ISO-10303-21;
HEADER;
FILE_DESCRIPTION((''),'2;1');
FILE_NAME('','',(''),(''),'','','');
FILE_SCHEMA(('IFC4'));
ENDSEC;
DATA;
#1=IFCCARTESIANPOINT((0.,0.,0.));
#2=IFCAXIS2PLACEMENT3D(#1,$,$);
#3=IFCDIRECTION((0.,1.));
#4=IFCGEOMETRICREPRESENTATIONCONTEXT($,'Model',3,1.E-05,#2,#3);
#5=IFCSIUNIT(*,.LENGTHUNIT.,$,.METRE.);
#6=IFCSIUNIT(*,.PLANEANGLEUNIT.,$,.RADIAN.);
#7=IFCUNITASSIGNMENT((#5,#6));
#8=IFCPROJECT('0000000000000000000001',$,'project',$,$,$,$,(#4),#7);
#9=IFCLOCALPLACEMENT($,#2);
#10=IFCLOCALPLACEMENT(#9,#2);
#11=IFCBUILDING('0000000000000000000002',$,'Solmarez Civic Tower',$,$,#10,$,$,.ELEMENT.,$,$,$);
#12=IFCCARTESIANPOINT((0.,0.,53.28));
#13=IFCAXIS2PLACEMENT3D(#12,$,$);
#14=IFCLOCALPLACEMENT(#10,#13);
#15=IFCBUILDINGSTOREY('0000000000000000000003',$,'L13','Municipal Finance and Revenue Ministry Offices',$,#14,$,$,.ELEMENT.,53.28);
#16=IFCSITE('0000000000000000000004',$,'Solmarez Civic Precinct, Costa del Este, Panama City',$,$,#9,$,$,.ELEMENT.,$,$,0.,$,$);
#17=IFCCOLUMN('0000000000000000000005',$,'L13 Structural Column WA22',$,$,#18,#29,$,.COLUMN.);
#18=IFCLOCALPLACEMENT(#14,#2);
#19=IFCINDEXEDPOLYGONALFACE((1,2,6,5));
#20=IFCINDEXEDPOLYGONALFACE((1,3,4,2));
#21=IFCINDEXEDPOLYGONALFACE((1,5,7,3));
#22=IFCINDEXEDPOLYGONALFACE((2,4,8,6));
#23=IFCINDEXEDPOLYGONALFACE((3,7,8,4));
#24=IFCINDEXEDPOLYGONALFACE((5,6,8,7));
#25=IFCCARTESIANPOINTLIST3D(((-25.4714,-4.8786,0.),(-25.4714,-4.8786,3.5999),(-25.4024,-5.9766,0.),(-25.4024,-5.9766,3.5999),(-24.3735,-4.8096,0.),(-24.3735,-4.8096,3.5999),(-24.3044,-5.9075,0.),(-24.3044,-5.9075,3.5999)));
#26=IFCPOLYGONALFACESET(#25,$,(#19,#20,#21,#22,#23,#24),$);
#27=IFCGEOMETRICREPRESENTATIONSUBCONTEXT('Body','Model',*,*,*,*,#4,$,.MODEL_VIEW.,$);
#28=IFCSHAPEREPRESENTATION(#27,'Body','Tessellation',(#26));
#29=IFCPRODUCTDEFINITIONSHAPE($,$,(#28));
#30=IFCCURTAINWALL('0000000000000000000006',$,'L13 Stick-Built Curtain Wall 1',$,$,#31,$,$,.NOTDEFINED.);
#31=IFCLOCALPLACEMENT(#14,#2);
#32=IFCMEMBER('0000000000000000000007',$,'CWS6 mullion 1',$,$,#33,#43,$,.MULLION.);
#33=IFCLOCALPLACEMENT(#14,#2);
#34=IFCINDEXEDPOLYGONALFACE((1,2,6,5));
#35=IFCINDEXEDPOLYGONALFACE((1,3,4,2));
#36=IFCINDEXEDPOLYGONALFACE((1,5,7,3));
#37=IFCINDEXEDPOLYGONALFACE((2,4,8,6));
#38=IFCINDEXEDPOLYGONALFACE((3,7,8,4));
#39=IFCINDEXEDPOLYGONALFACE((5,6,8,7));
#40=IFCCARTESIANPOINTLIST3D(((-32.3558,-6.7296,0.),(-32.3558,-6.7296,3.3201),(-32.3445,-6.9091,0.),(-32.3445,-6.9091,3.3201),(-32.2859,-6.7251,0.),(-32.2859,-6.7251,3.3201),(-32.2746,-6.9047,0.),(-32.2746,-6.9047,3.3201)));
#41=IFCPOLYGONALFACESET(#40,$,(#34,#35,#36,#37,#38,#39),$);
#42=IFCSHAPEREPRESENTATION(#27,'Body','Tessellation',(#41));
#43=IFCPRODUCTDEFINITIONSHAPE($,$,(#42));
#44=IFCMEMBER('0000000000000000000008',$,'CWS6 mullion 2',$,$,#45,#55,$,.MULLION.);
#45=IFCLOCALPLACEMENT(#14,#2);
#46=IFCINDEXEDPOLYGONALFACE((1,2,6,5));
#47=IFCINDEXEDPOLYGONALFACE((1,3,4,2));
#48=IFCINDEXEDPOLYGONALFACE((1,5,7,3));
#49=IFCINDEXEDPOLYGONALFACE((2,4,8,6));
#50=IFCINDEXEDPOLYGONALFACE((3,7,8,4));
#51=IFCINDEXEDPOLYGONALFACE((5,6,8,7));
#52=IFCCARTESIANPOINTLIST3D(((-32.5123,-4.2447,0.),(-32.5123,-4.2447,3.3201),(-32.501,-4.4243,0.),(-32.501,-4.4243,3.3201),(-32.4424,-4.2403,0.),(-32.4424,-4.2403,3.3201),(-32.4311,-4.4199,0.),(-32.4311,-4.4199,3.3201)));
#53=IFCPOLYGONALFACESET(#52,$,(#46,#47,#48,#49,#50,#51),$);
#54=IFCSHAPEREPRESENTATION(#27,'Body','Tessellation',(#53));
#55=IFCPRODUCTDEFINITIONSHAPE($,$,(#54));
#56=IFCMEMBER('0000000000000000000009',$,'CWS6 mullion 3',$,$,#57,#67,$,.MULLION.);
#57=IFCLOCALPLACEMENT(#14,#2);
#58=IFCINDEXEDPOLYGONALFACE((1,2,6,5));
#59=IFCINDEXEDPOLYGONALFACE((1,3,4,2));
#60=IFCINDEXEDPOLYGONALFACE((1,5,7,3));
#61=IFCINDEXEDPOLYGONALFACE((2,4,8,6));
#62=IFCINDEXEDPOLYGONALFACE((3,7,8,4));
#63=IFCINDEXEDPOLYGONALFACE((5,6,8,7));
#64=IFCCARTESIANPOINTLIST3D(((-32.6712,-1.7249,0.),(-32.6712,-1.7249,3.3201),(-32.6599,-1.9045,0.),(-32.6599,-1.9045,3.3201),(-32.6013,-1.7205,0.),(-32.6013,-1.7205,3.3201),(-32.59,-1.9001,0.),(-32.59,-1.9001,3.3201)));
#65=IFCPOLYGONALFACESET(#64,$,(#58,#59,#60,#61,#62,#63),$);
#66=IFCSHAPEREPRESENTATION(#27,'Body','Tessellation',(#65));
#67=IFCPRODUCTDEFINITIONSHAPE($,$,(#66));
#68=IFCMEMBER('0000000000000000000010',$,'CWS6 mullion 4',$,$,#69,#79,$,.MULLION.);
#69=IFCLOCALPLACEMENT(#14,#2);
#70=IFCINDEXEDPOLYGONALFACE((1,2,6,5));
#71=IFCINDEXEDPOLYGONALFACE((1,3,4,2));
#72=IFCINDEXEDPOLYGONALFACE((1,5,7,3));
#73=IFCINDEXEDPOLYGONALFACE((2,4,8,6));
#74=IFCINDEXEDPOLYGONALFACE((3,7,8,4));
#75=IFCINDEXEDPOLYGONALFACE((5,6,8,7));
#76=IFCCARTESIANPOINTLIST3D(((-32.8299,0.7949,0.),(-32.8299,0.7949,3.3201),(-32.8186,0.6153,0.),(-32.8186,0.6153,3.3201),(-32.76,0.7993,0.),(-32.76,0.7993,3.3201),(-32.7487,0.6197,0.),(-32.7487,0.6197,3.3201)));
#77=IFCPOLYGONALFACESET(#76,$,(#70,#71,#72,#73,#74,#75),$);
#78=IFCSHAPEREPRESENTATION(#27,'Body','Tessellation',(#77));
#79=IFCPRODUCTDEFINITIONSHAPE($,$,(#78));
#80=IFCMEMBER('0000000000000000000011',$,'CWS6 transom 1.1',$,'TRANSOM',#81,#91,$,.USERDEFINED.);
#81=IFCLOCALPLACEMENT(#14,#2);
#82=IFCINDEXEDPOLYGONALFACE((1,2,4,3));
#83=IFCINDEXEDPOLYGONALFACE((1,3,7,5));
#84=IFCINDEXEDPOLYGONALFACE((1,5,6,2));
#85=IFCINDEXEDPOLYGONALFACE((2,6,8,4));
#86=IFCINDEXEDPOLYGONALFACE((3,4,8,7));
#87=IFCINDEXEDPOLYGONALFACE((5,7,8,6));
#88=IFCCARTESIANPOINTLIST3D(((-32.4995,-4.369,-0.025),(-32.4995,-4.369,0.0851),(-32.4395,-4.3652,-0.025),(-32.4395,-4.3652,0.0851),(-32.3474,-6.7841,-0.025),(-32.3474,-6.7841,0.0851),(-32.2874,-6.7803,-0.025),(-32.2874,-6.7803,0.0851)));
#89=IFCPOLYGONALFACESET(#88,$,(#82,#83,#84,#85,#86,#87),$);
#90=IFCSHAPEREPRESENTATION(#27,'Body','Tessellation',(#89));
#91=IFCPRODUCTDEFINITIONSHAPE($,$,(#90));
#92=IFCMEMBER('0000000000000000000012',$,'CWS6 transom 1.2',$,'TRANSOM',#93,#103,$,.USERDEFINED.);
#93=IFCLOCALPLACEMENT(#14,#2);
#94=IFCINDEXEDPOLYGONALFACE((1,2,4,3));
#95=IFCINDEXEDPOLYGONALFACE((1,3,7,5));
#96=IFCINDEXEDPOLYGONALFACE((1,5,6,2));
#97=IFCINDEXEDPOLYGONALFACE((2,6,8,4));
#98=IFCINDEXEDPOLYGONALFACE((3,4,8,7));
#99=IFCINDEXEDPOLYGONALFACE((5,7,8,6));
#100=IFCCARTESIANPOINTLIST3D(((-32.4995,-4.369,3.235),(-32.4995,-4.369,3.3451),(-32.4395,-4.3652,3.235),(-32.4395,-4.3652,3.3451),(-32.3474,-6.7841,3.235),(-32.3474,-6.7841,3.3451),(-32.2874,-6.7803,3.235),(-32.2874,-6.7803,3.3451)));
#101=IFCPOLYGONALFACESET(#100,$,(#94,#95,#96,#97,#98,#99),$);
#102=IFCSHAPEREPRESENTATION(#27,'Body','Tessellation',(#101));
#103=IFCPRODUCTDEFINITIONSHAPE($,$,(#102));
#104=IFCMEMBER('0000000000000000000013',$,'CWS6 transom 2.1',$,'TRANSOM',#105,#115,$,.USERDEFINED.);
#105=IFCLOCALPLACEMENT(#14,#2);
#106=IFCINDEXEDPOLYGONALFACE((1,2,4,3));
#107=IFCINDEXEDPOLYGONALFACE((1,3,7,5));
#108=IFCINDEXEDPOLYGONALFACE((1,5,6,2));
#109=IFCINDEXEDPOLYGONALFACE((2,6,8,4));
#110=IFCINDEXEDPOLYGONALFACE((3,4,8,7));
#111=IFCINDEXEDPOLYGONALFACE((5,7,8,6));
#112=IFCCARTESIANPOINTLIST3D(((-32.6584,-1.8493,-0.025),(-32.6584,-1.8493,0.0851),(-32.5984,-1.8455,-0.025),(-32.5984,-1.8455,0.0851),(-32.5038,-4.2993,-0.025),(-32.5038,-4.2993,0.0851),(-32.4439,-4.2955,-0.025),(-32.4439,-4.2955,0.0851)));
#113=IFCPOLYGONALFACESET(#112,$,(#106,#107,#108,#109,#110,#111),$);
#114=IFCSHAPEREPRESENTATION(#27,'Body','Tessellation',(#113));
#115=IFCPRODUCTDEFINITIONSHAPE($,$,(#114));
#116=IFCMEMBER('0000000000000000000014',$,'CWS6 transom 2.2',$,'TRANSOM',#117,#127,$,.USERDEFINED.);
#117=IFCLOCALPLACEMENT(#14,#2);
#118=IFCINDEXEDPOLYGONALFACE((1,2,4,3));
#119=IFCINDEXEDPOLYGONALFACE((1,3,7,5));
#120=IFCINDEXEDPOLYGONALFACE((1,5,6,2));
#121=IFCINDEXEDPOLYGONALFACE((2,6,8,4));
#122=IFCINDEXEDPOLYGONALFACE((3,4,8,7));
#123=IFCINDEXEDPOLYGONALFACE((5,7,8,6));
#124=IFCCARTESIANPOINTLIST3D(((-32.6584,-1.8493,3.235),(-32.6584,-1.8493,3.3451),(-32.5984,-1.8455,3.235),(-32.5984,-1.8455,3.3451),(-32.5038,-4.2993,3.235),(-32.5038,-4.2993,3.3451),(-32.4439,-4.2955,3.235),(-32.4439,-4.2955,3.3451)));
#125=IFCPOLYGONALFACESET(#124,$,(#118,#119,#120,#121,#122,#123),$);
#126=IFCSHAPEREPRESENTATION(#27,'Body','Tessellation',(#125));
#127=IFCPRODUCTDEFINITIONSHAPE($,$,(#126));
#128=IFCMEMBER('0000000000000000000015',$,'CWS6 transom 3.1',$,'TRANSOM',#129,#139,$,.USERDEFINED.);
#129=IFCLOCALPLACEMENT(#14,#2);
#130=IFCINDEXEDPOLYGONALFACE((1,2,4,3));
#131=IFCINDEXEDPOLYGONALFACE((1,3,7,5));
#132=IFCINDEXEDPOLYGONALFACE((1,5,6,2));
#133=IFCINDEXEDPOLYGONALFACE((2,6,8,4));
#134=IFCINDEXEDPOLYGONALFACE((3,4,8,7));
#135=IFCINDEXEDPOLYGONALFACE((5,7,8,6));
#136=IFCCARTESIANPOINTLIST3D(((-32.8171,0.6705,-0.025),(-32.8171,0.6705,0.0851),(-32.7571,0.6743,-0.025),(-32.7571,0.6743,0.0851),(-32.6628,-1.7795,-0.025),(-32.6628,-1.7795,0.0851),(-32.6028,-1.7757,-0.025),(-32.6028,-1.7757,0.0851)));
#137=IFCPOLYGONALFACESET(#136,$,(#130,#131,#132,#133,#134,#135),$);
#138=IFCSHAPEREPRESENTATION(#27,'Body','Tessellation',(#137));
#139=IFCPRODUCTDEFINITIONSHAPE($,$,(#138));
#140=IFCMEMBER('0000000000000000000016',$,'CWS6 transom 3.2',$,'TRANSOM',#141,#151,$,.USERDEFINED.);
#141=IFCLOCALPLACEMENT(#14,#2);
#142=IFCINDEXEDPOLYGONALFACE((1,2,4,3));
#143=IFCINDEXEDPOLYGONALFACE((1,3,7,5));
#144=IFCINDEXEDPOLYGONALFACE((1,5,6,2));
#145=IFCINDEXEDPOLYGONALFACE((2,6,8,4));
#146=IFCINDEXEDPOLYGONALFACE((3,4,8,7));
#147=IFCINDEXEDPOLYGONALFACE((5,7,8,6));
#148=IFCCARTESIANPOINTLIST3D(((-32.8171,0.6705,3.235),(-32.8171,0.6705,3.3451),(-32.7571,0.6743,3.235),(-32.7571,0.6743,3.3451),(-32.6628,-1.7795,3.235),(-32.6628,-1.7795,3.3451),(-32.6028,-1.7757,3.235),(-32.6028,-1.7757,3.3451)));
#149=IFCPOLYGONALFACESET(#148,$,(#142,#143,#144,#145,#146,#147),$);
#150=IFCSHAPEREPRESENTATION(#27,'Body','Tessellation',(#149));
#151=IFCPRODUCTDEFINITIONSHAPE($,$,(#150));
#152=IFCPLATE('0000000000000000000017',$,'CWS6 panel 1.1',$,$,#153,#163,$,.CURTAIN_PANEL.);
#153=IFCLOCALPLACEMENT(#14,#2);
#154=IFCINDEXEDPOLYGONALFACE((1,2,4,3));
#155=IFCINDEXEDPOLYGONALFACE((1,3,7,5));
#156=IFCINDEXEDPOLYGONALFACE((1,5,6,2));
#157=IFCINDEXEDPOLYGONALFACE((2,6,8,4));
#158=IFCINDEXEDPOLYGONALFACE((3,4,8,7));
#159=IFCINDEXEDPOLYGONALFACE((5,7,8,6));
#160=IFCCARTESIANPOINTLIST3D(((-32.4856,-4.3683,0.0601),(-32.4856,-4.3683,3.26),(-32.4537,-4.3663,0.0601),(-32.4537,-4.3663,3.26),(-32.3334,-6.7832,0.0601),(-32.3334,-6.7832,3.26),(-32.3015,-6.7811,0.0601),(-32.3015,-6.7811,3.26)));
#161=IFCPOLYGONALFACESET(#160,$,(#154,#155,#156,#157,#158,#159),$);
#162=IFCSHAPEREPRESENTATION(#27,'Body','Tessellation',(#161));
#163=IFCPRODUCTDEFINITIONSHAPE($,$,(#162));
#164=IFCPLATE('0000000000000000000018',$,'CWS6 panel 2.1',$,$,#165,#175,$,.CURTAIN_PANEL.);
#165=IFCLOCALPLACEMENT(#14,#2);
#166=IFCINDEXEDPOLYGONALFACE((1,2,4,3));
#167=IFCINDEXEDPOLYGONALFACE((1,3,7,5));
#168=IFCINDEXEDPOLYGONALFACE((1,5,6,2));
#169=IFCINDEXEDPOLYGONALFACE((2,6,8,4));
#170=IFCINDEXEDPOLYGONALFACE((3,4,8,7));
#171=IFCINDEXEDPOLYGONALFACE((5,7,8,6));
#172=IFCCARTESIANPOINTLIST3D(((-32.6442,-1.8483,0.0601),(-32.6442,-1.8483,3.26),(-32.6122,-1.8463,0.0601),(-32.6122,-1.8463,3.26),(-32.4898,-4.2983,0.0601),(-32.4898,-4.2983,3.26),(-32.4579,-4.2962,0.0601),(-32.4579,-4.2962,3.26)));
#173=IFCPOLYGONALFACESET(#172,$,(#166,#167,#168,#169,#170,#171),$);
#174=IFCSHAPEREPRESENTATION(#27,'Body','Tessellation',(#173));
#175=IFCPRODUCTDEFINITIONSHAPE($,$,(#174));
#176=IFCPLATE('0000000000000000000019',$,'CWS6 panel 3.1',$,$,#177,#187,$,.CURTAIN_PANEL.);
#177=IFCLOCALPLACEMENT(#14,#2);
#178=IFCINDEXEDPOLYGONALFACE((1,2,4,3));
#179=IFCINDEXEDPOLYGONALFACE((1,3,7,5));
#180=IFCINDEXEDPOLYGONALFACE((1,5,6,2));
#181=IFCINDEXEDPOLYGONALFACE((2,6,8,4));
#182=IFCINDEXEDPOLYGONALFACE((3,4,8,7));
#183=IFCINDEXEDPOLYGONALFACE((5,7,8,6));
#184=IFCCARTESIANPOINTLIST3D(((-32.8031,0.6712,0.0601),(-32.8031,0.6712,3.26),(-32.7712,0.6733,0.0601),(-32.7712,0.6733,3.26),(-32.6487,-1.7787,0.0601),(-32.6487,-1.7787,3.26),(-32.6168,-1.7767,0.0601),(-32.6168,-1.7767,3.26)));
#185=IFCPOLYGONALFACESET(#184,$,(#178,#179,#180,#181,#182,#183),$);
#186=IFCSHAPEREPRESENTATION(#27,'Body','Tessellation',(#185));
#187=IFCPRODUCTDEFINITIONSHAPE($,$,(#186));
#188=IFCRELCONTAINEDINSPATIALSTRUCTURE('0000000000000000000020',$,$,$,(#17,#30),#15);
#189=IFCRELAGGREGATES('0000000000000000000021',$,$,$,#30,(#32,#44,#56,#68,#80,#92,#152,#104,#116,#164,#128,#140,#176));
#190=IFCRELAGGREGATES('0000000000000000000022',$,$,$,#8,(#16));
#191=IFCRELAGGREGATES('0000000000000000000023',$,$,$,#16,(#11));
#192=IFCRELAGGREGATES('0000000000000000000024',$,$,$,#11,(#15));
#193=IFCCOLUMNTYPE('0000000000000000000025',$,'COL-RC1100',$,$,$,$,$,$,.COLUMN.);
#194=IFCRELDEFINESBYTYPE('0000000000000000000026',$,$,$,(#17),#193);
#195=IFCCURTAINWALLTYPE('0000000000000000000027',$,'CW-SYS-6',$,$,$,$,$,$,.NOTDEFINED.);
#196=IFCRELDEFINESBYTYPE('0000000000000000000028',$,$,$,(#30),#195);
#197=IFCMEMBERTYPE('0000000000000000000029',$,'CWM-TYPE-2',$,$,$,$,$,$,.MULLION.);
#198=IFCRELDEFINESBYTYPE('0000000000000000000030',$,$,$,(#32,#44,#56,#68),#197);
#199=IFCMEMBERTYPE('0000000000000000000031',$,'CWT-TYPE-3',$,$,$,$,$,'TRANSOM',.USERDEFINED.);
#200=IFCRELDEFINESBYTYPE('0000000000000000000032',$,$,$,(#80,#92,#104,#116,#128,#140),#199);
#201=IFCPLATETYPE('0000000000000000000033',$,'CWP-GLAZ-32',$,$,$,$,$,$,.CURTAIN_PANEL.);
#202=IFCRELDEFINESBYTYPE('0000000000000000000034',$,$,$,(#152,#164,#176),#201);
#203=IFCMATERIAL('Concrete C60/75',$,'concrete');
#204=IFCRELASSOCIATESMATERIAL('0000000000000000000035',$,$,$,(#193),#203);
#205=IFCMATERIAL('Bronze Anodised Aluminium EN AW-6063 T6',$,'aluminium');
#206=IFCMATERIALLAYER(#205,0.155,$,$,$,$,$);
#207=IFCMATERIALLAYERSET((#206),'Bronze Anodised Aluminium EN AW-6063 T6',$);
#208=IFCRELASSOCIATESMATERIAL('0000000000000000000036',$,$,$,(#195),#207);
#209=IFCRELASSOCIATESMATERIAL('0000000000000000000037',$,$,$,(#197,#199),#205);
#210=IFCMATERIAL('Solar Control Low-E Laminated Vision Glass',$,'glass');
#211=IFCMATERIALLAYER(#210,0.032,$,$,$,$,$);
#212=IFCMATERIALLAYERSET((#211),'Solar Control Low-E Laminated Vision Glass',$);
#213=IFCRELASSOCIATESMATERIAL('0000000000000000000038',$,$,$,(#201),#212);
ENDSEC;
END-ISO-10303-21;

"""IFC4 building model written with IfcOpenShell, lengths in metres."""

from ifc_helpers import new_model, si_unit, direction, frame, origin, origin_2d, place, context, subcontext, project, spatial, rectangle, extrude, material, layer, layer_set, material_profile, profile_set, type_object, element, aggregate, save


model = new_model("IFC4")

# Units and contexts
model_context = context("Model", 3, precision=1e-05, world=origin(), true_north=direction((0.0, 1.0)))
body_context = subcontext(model_context, "Body", "Model", "MODEL_VIEW")
ifc_project = project(units=[si_unit("LENGTHUNIT", "METRE"), si_unit("PLANEANGLEUNIT", "RADIAN")], contexts=[model_context])

# Site, building, storey
site_placement = place(None, origin())
site = spatial("IfcSite", under=ifc_project, at=site_placement, Name="Solmarez Civic Precinct, Costa del Este, Panama City", CompositionType="ELEMENT", RefElevation=0.0)
building_placement = place(site_placement, origin())
building = spatial("IfcBuilding", under=site, at=building_placement, Name="Solmarez Civic Tower", CompositionType="ELEMENT")
storey_placement = place(building_placement, frame((0.0, 0.0, 53.28)))
storey = spatial("IfcBuildingStorey", under=building, at=storey_placement, Name="L13", Description="Municipal Finance and Revenue Ministry Offices", CompositionType="ELEMENT", Elevation=53.28)

# Column
ifc_material_1 = material(Name="Concrete C60/75", Category="concrete")
ifc_material_profile_1 = material_profile(ifc_material_1, rectangle(XDim=1.1001, YDim=1.1001, at=origin_2d()), Name="RC1100X1100")
ifc_profile_set_1 = profile_set([ifc_material_profile_1], Name="Concrete C60/75")
column_type = type_object("IfcColumnType", Name="COL-RC1100", PredefinedType="COLUMN", material=ifc_profile_set_1)
column_placement = place(storey_placement, frame((-24.8879, -5.3931, 0.0), z_axis=(0.0, 0.0, 1.0), x_axis=(0.998027, 0.062791, 0.0)))
element("IfcColumn", 1, at=column_placement, inside=storey, type_object=column_type, Name="L13 Structural Column WA22", PredefinedType="COLUMN", context=body_context, shape_type="SweptSolid", body=[
    extrude(rectangle(XDim=1.1001, YDim=1.1001, at=origin_2d()), origin(), (0.0, 0.0, 1.0), 3.5999),
])

# Curtain wall, members, plates
ifc_material_2 = material(Name="Bronze Anodised Aluminium EN AW-6063 T6", Category="aluminium")
ifc_layer_1 = layer(ifc_material_2, 0.155)
ifc_layer_set_1 = layer_set([ifc_layer_1], Name="Bronze Anodised Aluminium EN AW-6063 T6")
curtain_wall_type = type_object("IfcCurtainWallType", Name="CW-SYS-6", PredefinedType="NOTDEFINED", material=ifc_layer_set_1)
curtain_wall_placement = place(storey_placement, origin())
curtain_wall = element("IfcCurtainWall", 2, at=curtain_wall_placement, inside=storey, type_object=curtain_wall_type, Name="L13 Stick-Built Curtain Wall 1", PredefinedType="NOTDEFINED")
ifc_material_profile_2 = material_profile(ifc_material_2, rectangle(XDim=0.0701, YDim=0.1799, at=origin_2d()), Name="CWM-70X180")
ifc_profile_set_2 = profile_set([ifc_material_profile_2], Name="Bronze Anodised Aluminium EN AW-6063 T6")
member_type_1 = type_object("IfcMemberType", Name="CWM-TYPE-2", PredefinedType="MULLION", material=ifc_profile_set_2)
member_1_placement = place(storey_placement, frame((-32.3152, -6.8171, 0.0), z_axis=(0.0, 0.0, 1.0), x_axis=(-0.998021, -0.062878, 0.0)))
member_1 = element("IfcMember", 3, at=member_1_placement, type_object=member_type_1, Name="CWS6 mullion 1", PredefinedType="MULLION", context=body_context, shape_type="SweptSolid", body=[
    extrude(rectangle(XDim=0.0701, YDim=0.1799, at=origin_2d()), origin(), (0.0, 0.0, 1.0), 3.3201),
])
member_2_placement = place(storey_placement, frame((-32.4717, -4.3323, 0.0), z_axis=(0.0, 0.0, 1.0), x_axis=(-0.998021, -0.062878, 0.0)))
member_2 = element("IfcMember", 4, at=member_2_placement, type_object=member_type_1, Name="CWS6 mullion 2", PredefinedType="MULLION", context=body_context, shape_type="SweptSolid", body=[
    extrude(rectangle(XDim=0.0701, YDim=0.1799, at=origin_2d()), origin(), (0.0, 0.0, 1.0), 3.3201),
])
member_3_placement = place(storey_placement, frame((-32.6306, -1.8125, 0.0), z_axis=(0.0, 0.0, 1.0), x_axis=(-0.998021, -0.062878, 0.0)))
member_3 = element("IfcMember", 5, at=member_3_placement, type_object=member_type_1, Name="CWS6 mullion 3", PredefinedType="MULLION", context=body_context, shape_type="SweptSolid", body=[
    extrude(rectangle(XDim=0.0701, YDim=0.1799, at=origin_2d()), origin(), (0.0, 0.0, 1.0), 3.3201),
])
member_4_placement = place(storey_placement, frame((-32.7893, 0.7073, 0.0), z_axis=(0.0, 0.0, 1.0), x_axis=(-0.998021, -0.062878, 0.0)))
member_4 = element("IfcMember", 6, at=member_4_placement, type_object=member_type_1, Name="CWS6 mullion 4", PredefinedType="MULLION", context=body_context, shape_type="SweptSolid", body=[
    extrude(rectangle(XDim=0.0701, YDim=0.1799, at=origin_2d()), origin(), (0.0, 0.0, 1.0), 3.3201),
])
ifc_material_profile_3 = material_profile(ifc_material_2, rectangle(XDim=0.0601, YDim=0.1101, at=origin_2d()), Name="CWT-60X110")
ifc_profile_set_3 = profile_set([ifc_material_profile_3], Name="Bronze Anodised Aluminium EN AW-6063 T6")
member_type_2 = type_object("IfcMemberType", Name="CWT-TYPE-3", ElementType="TRANSOM", PredefinedType="USERDEFINED", material=ifc_profile_set_3)
member_5_placement = place(storey_placement, frame((-32.3174, -6.7822, 0.03), z_axis=(-0.062856, 0.998023, 0.0), x_axis=(-0.998023, -0.062856, 0.0)))
member_5 = element("IfcMember", 7, at=member_5_placement, type_object=member_type_2, Name="CWS6 transom 1.1", ObjectType="TRANSOM", PredefinedType="USERDEFINED", context=body_context, shape_type="SweptSolid", body=[
    extrude(rectangle(XDim=0.0601, YDim=0.1101, at=origin_2d()), origin(), (0.0, 0.0, 1.0), 2.4199),
])
member_6_placement = place(storey_placement, frame((-32.3174, -6.7822, 3.29), z_axis=(-0.062856, 0.998023, 0.0), x_axis=(-0.998023, -0.062856, 0.0)))
member_6 = element("IfcMember", 8, at=member_6_placement, type_object=member_type_2, Name="CWS6 transom 1.2", ObjectType="TRANSOM", PredefinedType="USERDEFINED", context=body_context, shape_type="SweptSolid", body=[
    extrude(rectangle(XDim=0.0601, YDim=0.1101, at=origin_2d()), origin(), (0.0, 0.0, 1.0), 2.4199),
])
member_7_placement = place(storey_placement, frame((-32.4739, -4.2974, 0.03), z_axis=(-0.062954, 0.998016, 0.0), x_axis=(-0.998016, -0.062954, 0.0)))
member_7 = element("IfcMember", 9, at=member_7_placement, type_object=member_type_2, Name="CWS6 transom 2.1", ObjectType="TRANSOM", PredefinedType="USERDEFINED", context=body_context, shape_type="SweptSolid", body=[
    extrude(rectangle(XDim=0.0601, YDim=0.1101, at=origin_2d()), origin(), (0.0, 0.0, 1.0), 2.4548),
])
member_8_placement = place(storey_placement, frame((-32.4739, -4.2974, 3.29), z_axis=(-0.062954, 0.998016, 0.0), x_axis=(-0.998016, -0.062954, 0.0)))
member_8 = element("IfcMember", 10, at=member_8_placement, type_object=member_type_2, Name="CWS6 transom 2.2", ObjectType="TRANSOM", PredefinedType="USERDEFINED", context=body_context, shape_type="SweptSolid", body=[
    extrude(rectangle(XDim=0.0601, YDim=0.1101, at=origin_2d()), origin(), (0.0, 0.0, 1.0), 2.4548),
])
member_9_placement = place(storey_placement, frame((-32.6328, -1.7776, 0.03), z_axis=(-0.062855, 0.998023, 0.0), x_axis=(-0.998023, -0.062855, 0.0)))
member_9 = element("IfcMember", 11, at=member_9_placement, type_object=member_type_2, Name="CWS6 transom 3.1", ObjectType="TRANSOM", PredefinedType="USERDEFINED", context=body_context, shape_type="SweptSolid", body=[
    extrude(rectangle(XDim=0.0601, YDim=0.1101, at=origin_2d()), origin(), (0.0, 0.0, 1.0), 2.4548),
])
member_10_placement = place(storey_placement, frame((-32.6328, -1.7776, 3.29), z_axis=(-0.062855, 0.998023, 0.0), x_axis=(-0.998023, -0.062855, 0.0)))
member_10 = element("IfcMember", 12, at=member_10_placement, type_object=member_type_2, Name="CWS6 transom 3.2", ObjectType="TRANSOM", PredefinedType="USERDEFINED", context=body_context, shape_type="SweptSolid", body=[
    extrude(rectangle(XDim=0.0601, YDim=0.1101, at=origin_2d()), origin(), (0.0, 0.0, 1.0), 2.4548),
])
ifc_material_3 = material(Name="Solar Control Low-E Laminated Vision Glass", Category="glass")
ifc_layer_2 = layer(ifc_material_3, 0.032)
ifc_layer_set_2 = layer_set([ifc_layer_2], Name="Solar Control Low-E Laminated Vision Glass")
plate_type = type_object("IfcPlateType", Name="CWP-GLAZ-32", PredefinedType="CURTAIN_PANEL", material=ifc_layer_set_2)
plate_1_placement = place(storey_placement, frame((-32.3936, -5.5747, 0.0601), z_axis=(0.0, 0.0, 1.0), x_axis=(-0.062878, 0.998021, 0.0)))
plate_1 = element("IfcPlate", 13, at=plate_1_placement, type_object=plate_type, Name="CWS6 panel 1.1", PredefinedType="CURTAIN_PANEL", context=body_context, shape_type="SweptSolid", body=[
    extrude(rectangle(XDim=2.4197, YDim=0.032, at=origin_2d()), origin(), (0.0, 0.0, 1.0), 3.2),
])
plate_2_placement = place(storey_placement, frame((-32.551, -3.0723, 0.0601), z_axis=(0.0, 0.0, 1.0), x_axis=(-0.062878, 0.998021, 0.0)))
plate_2 = element("IfcPlate", 14, at=plate_2_placement, type_object=plate_type, Name="CWS6 panel 2.1", PredefinedType="CURTAIN_PANEL", context=body_context, shape_type="SweptSolid", body=[
    extrude(rectangle(XDim=2.4548, YDim=0.032, at=origin_2d()), origin(), (0.0, 0.0, 1.0), 3.2),
])
plate_3_placement = place(storey_placement, frame((-32.71, -0.5527, 0.0601), z_axis=(0.0, 0.0, 1.0), x_axis=(-0.062878, 0.998021, 0.0)))
plate_3 = element("IfcPlate", 15, at=plate_3_placement, type_object=plate_type, Name="CWS6 panel 3.1", PredefinedType="CURTAIN_PANEL", context=body_context, shape_type="SweptSolid", body=[
    extrude(rectangle(XDim=2.4548, YDim=0.032, at=origin_2d()), origin(), (0.0, 0.0, 1.0), 3.2),
])
aggregate(curtain_wall, [member_1, member_2, member_3, member_4, member_5, member_6, plate_1, member_7, member_8, plate_2, member_9, member_10, plate_3])

save(model, "model.ifc")
